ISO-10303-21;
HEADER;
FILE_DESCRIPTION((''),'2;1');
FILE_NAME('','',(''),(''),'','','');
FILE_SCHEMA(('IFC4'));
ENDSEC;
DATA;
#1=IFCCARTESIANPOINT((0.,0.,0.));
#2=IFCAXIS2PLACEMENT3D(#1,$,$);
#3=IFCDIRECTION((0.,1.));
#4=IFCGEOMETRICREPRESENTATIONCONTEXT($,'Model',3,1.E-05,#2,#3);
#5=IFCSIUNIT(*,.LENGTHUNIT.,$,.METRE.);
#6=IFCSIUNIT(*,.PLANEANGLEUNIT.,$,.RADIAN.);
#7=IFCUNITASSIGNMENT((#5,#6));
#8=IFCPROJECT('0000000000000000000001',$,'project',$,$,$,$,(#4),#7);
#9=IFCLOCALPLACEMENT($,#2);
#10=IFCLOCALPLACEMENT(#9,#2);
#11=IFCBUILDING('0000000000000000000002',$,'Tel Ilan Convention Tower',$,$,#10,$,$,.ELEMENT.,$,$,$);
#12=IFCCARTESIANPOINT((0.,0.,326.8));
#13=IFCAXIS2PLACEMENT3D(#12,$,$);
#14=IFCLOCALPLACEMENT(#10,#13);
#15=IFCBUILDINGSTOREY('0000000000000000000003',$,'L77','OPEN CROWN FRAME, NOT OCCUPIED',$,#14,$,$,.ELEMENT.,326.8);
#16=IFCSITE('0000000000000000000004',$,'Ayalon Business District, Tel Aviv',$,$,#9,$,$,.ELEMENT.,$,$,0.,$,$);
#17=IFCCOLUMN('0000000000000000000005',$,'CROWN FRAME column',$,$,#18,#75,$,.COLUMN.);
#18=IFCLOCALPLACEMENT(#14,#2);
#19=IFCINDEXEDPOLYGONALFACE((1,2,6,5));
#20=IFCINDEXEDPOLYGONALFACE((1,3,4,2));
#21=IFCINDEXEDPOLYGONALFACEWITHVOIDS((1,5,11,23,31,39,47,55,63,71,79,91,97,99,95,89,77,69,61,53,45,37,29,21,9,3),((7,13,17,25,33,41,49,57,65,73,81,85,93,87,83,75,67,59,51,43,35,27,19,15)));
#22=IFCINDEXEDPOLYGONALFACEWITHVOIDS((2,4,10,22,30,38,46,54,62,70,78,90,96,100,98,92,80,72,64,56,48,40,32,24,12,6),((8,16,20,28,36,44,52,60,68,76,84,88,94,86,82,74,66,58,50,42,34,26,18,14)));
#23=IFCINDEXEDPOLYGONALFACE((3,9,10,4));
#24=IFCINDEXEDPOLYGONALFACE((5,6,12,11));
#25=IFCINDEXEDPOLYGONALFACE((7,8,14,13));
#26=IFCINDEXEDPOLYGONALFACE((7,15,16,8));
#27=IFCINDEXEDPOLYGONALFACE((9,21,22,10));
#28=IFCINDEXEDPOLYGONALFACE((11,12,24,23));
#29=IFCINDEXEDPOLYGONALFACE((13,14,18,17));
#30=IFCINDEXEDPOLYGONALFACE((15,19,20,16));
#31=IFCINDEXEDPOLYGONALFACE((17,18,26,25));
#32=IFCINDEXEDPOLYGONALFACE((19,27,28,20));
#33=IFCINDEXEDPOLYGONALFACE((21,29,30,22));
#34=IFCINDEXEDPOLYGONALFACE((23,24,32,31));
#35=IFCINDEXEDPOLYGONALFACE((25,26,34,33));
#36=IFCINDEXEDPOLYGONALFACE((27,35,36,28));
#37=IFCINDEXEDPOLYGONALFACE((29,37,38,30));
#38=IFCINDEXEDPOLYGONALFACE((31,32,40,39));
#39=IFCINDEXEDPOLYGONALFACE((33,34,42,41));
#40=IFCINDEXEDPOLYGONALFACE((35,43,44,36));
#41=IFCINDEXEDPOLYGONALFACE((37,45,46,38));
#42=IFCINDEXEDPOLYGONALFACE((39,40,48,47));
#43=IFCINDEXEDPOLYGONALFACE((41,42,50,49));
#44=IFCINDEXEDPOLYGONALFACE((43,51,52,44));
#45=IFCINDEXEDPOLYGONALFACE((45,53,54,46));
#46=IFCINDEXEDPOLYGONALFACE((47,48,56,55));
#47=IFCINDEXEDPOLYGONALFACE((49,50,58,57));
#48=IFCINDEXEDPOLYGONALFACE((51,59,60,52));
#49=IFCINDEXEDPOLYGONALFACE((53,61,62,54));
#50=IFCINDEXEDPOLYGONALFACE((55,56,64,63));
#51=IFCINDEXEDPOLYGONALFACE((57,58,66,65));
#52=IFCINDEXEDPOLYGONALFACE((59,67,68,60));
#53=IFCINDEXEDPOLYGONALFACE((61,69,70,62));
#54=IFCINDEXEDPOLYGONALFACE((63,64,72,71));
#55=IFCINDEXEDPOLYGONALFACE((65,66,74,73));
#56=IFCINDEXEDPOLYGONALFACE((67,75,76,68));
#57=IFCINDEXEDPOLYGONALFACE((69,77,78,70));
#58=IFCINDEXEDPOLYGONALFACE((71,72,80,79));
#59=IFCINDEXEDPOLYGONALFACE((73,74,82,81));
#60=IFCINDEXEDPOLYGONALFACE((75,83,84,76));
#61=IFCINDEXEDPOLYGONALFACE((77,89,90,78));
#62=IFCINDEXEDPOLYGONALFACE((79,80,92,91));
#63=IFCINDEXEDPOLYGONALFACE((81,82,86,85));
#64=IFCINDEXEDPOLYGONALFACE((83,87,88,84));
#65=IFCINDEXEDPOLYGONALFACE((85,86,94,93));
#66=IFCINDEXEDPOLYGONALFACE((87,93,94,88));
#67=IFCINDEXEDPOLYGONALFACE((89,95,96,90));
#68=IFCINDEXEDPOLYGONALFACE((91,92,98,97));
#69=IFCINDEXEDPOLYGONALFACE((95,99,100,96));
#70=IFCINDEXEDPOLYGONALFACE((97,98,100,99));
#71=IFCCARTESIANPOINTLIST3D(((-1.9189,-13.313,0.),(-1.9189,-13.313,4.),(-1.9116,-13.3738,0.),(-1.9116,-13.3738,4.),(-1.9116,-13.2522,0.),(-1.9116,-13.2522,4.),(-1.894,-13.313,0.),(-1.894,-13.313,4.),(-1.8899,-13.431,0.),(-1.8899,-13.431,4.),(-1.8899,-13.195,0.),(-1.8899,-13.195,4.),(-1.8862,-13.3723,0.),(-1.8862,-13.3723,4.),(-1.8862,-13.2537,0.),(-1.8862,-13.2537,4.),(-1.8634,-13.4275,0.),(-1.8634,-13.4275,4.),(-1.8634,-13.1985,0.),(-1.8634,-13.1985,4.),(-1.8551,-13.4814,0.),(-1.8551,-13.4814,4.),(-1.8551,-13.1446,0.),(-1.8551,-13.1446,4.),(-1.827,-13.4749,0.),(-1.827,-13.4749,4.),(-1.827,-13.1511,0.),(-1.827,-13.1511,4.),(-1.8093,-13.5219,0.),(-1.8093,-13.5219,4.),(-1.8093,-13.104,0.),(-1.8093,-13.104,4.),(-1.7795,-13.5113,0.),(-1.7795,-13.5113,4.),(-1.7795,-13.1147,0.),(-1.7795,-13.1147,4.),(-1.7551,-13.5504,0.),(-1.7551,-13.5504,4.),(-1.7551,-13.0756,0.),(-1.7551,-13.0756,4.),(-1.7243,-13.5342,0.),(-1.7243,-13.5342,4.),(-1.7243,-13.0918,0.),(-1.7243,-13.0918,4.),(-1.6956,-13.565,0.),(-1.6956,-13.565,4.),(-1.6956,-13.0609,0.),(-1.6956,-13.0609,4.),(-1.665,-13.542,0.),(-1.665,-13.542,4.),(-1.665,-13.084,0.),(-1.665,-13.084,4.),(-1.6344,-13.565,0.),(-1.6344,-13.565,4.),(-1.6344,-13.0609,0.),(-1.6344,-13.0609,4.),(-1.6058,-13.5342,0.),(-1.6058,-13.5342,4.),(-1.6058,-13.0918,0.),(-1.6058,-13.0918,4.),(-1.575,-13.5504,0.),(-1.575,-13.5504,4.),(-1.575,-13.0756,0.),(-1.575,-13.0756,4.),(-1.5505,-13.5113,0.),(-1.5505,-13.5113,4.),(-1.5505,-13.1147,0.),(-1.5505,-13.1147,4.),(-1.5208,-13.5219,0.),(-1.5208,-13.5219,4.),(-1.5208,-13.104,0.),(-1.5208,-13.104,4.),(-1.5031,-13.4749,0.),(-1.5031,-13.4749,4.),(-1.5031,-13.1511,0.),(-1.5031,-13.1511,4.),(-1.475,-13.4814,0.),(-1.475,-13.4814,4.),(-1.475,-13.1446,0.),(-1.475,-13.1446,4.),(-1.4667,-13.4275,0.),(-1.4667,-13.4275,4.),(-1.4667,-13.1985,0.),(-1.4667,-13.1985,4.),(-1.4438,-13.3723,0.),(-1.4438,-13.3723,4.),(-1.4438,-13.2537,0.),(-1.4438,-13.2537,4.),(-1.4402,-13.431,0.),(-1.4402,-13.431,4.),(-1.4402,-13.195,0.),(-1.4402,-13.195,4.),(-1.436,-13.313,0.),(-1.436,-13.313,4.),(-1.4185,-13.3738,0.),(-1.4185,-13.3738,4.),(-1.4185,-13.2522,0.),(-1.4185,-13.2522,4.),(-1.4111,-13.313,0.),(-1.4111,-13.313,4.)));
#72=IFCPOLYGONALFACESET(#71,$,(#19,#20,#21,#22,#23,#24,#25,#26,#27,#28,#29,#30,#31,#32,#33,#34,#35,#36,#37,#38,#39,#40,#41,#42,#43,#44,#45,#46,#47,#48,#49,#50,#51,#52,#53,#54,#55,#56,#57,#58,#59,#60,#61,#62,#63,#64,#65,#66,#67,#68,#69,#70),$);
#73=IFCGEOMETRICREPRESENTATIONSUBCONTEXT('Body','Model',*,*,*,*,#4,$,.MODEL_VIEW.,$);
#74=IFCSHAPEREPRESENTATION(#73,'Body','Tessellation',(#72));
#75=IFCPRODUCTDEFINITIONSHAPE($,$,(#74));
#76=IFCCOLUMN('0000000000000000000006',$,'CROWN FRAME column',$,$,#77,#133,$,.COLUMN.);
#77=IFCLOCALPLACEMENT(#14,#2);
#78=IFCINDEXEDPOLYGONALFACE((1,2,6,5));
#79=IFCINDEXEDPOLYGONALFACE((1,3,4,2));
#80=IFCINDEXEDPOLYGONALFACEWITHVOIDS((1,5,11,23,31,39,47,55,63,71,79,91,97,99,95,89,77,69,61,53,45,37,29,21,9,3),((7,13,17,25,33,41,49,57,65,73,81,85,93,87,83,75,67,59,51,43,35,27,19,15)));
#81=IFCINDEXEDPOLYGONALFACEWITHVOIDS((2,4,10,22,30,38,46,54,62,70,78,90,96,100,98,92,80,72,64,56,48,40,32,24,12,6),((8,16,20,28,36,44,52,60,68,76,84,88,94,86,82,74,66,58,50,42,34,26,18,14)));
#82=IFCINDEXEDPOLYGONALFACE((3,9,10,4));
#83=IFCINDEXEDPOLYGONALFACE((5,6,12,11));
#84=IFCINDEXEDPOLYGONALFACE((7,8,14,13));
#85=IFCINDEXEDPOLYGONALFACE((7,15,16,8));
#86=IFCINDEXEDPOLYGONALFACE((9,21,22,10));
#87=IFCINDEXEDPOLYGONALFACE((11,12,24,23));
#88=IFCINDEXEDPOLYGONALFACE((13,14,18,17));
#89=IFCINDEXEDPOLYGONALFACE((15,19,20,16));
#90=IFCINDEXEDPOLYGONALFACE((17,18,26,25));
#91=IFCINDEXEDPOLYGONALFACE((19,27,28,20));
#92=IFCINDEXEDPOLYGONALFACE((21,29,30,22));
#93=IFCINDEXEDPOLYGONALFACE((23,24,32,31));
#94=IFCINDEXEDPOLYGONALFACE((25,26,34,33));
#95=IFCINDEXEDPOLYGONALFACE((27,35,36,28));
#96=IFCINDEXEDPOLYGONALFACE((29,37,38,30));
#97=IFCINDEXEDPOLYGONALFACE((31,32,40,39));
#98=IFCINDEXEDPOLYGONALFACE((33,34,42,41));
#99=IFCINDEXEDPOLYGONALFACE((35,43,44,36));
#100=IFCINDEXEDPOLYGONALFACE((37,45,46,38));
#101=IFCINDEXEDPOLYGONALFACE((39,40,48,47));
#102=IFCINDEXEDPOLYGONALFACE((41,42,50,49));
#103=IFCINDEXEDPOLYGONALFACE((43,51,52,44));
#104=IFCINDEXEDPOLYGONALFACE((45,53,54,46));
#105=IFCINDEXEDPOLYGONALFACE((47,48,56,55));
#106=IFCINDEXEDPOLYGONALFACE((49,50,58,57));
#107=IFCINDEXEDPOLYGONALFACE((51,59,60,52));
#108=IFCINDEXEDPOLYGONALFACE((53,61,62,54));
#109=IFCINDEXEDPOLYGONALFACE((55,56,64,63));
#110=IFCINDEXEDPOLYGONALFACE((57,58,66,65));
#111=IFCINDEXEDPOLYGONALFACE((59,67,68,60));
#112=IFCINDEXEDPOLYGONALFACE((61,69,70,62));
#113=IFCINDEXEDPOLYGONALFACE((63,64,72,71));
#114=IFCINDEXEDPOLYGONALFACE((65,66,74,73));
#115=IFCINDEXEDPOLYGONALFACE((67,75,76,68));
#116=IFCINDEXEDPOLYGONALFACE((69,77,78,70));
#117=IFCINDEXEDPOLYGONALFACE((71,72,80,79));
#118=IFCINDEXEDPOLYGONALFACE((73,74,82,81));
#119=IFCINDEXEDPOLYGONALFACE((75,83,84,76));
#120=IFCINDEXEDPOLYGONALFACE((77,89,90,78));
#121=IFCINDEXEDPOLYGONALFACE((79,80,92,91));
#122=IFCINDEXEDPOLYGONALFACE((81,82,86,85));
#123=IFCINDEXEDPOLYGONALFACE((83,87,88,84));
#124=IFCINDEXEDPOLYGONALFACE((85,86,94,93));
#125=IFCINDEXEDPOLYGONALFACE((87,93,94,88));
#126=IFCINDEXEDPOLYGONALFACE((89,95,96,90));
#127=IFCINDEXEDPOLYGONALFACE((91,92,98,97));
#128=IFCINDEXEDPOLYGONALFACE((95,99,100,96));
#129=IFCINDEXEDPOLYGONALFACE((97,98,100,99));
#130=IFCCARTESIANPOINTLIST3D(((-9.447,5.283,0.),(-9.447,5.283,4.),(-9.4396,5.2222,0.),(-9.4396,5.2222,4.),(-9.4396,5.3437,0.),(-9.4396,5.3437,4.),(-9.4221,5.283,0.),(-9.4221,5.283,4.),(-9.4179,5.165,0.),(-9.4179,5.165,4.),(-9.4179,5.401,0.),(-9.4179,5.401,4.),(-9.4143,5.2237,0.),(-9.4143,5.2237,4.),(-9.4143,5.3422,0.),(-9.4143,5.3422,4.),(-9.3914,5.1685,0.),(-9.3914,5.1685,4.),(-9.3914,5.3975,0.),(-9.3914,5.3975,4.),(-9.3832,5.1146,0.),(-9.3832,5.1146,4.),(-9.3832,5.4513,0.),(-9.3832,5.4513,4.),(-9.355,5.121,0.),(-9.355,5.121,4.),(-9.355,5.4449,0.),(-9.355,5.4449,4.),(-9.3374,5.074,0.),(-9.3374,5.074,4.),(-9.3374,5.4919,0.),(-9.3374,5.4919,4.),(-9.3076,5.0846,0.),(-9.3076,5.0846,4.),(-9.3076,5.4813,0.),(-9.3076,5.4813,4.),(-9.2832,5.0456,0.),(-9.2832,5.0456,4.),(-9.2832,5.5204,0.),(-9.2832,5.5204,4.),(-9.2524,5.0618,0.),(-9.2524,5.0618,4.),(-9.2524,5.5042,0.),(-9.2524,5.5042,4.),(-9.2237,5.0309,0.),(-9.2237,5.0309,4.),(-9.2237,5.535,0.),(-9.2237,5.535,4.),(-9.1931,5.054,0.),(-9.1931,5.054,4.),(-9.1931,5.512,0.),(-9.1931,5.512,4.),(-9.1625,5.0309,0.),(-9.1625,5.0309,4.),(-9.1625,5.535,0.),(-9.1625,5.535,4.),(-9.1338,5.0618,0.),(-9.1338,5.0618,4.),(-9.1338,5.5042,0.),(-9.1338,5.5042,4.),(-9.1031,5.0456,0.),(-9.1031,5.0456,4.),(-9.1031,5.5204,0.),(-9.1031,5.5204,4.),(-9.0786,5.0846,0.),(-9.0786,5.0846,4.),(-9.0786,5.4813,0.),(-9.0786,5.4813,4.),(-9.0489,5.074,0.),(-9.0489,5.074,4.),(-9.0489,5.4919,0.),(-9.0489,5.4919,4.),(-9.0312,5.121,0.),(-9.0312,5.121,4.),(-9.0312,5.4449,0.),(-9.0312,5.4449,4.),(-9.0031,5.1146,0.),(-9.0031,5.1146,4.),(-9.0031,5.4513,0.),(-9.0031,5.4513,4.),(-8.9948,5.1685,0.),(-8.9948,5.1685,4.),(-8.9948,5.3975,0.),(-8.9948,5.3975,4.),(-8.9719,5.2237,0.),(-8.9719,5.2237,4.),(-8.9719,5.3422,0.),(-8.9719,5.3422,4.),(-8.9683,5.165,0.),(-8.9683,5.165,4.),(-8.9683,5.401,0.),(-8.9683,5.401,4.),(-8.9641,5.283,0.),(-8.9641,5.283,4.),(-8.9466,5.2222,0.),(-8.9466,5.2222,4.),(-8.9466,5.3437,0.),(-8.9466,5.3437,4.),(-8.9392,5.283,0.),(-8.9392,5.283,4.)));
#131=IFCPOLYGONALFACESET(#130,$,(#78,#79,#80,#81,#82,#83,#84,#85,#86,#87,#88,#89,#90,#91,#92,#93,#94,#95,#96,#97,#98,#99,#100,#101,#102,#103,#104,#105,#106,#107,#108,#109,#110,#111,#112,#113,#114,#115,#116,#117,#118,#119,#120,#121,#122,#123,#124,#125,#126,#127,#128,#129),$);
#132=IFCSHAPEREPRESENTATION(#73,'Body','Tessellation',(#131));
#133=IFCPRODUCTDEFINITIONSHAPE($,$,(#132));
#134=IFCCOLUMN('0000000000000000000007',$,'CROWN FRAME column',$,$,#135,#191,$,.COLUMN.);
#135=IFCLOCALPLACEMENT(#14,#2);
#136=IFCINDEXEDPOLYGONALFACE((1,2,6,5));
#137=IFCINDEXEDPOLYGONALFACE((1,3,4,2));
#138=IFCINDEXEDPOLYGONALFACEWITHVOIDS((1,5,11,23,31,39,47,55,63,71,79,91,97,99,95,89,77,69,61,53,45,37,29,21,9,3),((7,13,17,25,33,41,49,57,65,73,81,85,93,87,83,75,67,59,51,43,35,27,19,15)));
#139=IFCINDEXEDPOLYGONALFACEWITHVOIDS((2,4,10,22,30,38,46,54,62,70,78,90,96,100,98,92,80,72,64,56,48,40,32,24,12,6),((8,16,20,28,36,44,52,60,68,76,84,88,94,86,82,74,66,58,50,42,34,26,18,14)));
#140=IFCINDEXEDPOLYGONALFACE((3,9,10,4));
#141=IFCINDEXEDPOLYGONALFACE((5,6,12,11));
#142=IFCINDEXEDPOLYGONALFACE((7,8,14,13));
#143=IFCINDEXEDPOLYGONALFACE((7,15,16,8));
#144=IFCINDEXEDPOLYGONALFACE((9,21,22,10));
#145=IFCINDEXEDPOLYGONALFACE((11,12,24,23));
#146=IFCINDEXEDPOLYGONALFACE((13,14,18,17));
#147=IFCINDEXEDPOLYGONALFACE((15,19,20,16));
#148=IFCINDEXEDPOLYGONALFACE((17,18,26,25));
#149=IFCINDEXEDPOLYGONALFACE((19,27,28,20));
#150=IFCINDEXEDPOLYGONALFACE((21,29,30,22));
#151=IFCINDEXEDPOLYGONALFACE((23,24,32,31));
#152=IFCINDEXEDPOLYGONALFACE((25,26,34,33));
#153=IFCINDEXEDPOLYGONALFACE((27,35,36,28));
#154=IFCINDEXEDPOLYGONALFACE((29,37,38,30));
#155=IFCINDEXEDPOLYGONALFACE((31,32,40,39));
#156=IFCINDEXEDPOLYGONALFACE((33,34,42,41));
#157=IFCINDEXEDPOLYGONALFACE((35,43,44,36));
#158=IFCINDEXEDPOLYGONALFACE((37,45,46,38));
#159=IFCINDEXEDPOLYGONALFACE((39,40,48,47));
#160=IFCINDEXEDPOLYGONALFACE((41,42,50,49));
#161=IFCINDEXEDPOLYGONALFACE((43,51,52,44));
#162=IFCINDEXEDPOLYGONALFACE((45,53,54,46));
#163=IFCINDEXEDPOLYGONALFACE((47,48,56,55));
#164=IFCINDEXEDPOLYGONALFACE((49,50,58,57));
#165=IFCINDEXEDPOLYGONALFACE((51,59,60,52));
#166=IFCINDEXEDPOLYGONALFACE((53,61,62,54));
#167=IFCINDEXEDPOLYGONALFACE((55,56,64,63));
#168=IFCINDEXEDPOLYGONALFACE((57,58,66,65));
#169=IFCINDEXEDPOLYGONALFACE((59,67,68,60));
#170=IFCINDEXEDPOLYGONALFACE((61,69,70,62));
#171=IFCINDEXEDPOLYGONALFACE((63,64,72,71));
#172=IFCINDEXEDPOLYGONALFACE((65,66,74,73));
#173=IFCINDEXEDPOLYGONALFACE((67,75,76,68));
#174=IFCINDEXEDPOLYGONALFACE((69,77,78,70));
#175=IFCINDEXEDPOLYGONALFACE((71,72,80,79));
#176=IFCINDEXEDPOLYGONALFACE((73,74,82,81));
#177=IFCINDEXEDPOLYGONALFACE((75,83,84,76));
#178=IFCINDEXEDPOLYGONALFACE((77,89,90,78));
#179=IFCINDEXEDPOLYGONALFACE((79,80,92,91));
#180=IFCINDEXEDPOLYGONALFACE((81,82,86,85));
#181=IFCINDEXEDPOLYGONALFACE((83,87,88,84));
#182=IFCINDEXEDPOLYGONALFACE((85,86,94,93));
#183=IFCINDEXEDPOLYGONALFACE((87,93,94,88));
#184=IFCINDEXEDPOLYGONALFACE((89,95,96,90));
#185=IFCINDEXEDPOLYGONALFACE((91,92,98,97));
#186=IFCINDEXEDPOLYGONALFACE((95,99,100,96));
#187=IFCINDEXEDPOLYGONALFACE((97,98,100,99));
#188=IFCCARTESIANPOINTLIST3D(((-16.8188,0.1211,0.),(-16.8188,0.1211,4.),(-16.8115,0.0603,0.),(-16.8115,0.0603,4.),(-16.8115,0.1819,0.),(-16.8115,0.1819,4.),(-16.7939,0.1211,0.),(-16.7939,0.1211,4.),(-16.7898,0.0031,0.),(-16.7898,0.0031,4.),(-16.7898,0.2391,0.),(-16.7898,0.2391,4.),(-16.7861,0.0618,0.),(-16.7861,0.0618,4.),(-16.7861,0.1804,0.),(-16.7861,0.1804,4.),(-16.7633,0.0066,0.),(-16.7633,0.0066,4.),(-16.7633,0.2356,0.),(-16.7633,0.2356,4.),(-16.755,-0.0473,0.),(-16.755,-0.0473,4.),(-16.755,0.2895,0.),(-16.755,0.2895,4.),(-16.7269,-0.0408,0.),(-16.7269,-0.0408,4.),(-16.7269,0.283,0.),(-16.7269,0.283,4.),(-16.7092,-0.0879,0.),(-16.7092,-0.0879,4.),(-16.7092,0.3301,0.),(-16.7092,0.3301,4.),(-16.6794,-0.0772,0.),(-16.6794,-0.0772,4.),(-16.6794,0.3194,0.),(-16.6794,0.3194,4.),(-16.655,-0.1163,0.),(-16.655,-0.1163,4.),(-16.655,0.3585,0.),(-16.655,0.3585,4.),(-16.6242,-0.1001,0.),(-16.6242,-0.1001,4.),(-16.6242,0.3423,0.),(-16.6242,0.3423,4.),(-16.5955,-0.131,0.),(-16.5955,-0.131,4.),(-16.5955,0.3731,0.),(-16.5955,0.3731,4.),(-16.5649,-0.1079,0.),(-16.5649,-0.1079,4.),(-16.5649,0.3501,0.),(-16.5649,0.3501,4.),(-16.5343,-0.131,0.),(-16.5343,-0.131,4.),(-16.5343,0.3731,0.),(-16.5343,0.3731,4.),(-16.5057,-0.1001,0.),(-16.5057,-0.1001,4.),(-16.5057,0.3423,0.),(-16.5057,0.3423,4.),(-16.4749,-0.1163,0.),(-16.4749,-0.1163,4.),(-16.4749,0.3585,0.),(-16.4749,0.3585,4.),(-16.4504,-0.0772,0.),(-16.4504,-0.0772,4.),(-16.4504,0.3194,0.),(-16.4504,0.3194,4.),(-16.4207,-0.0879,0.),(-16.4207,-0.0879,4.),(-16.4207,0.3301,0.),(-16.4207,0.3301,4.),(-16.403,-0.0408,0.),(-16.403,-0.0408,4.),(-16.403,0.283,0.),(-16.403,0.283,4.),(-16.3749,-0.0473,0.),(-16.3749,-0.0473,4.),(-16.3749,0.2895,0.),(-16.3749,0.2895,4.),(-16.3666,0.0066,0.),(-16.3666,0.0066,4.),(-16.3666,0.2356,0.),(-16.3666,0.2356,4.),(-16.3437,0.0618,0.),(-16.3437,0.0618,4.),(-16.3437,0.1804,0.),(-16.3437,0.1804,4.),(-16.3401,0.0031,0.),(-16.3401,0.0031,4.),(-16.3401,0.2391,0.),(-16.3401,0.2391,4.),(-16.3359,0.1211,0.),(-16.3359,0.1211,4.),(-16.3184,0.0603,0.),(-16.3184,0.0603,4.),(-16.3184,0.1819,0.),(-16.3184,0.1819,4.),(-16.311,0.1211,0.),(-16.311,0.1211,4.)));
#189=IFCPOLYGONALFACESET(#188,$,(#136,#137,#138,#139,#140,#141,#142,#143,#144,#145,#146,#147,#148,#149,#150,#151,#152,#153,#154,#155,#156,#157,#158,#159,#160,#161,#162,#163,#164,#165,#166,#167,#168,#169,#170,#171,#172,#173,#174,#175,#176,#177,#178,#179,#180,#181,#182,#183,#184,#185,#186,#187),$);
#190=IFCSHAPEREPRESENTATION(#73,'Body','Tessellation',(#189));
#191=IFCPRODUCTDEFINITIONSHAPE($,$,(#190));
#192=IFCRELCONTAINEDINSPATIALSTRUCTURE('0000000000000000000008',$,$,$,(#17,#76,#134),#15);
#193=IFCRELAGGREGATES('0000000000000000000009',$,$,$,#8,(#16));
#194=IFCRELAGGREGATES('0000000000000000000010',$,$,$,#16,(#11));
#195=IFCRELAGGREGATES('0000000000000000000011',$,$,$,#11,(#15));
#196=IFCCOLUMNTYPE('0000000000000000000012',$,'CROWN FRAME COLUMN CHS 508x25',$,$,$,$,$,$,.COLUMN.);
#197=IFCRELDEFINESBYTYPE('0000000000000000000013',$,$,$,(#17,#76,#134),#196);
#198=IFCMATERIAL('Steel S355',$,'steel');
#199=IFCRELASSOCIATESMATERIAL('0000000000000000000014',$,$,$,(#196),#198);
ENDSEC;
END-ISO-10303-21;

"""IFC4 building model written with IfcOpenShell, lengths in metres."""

from ifc_helpers import new_model, si_unit, direction, frame, origin, origin_2d, place, context, subcontext, project, spatial, hollow_circle, extrude, material, material_profile, profile_set, type_object, element, save


model = new_model("IFC4")

# Units and contexts
model_context = context("Model", 3, precision=1e-05, world=origin(), true_north=direction((0.0, 1.0)))
body_context = subcontext(model_context, "Body", "Model", "MODEL_VIEW")
ifc_project = project(units=[si_unit("LENGTHUNIT", "METRE"), si_unit("PLANEANGLEUNIT", "RADIAN")], contexts=[model_context])

# Site, building, storey
site_placement = place(None, origin())
site = spatial("IfcSite", under=ifc_project, at=site_placement, Name="Ayalon Business District, Tel Aviv", CompositionType="ELEMENT", RefElevation=0.0)
building_placement = place(site_placement, origin())
building = spatial("IfcBuilding", under=site, at=building_placement, Name="Tel Ilan Convention Tower", CompositionType="ELEMENT")
storey_placement = place(building_placement, frame((0.0, 0.0, 326.8)))
storey = spatial("IfcBuildingStorey", under=building, at=storey_placement, Name="L77", Description="OPEN CROWN FRAME, NOT OCCUPIED", CompositionType="ELEMENT", Elevation=326.8)

# Columns
ifc_material_1 = material(Name="Steel S355", Category="steel")
ifc_material_profile_1 = material_profile(ifc_material_1, hollow_circle(Radius=0.2539, WallThickness=0.0249, at=origin_2d()), Name="CHS 508x25")
ifc_profile_set_1 = profile_set([ifc_material_profile_1], Name="Steel S355")
column_type = type_object("IfcColumnType", Name="CROWN FRAME COLUMN CHS 508x25", PredefinedType="COLUMN", material=ifc_profile_set_1)
for number, where, z_axis, x_axis, name in (
    (1, (-1.665, -13.313, 0.0), (0.0, 0.0, 1.0), (1.0, 0.0, 0.0), "CROWN FRAME column"),
    (2, (-9.1931, 5.283, 0.0), (0.0, 0.0, 1.0), (1.0, 0.0, 0.0), "CROWN FRAME column"),
    (3, (-16.5649, 0.1211, 0.0), (0.0, 0.0, 1.0), (1.0, 0.0, 0.0), "CROWN FRAME column"),
):
    element("IfcColumn", number, at=place(storey_placement, frame(where, z_axis=z_axis, x_axis=x_axis)), inside=storey, type_object=column_type, Name=name, PredefinedType="COLUMN", context=body_context, shape_type="SweptSolid", body=[
        extrude(hollow_circle(Radius=0.2539, WallThickness=0.0249, at=origin_2d()), origin(), (0.0, 0.0, 1.0), 4.0),
    ])

save(model, "model.ifc")
